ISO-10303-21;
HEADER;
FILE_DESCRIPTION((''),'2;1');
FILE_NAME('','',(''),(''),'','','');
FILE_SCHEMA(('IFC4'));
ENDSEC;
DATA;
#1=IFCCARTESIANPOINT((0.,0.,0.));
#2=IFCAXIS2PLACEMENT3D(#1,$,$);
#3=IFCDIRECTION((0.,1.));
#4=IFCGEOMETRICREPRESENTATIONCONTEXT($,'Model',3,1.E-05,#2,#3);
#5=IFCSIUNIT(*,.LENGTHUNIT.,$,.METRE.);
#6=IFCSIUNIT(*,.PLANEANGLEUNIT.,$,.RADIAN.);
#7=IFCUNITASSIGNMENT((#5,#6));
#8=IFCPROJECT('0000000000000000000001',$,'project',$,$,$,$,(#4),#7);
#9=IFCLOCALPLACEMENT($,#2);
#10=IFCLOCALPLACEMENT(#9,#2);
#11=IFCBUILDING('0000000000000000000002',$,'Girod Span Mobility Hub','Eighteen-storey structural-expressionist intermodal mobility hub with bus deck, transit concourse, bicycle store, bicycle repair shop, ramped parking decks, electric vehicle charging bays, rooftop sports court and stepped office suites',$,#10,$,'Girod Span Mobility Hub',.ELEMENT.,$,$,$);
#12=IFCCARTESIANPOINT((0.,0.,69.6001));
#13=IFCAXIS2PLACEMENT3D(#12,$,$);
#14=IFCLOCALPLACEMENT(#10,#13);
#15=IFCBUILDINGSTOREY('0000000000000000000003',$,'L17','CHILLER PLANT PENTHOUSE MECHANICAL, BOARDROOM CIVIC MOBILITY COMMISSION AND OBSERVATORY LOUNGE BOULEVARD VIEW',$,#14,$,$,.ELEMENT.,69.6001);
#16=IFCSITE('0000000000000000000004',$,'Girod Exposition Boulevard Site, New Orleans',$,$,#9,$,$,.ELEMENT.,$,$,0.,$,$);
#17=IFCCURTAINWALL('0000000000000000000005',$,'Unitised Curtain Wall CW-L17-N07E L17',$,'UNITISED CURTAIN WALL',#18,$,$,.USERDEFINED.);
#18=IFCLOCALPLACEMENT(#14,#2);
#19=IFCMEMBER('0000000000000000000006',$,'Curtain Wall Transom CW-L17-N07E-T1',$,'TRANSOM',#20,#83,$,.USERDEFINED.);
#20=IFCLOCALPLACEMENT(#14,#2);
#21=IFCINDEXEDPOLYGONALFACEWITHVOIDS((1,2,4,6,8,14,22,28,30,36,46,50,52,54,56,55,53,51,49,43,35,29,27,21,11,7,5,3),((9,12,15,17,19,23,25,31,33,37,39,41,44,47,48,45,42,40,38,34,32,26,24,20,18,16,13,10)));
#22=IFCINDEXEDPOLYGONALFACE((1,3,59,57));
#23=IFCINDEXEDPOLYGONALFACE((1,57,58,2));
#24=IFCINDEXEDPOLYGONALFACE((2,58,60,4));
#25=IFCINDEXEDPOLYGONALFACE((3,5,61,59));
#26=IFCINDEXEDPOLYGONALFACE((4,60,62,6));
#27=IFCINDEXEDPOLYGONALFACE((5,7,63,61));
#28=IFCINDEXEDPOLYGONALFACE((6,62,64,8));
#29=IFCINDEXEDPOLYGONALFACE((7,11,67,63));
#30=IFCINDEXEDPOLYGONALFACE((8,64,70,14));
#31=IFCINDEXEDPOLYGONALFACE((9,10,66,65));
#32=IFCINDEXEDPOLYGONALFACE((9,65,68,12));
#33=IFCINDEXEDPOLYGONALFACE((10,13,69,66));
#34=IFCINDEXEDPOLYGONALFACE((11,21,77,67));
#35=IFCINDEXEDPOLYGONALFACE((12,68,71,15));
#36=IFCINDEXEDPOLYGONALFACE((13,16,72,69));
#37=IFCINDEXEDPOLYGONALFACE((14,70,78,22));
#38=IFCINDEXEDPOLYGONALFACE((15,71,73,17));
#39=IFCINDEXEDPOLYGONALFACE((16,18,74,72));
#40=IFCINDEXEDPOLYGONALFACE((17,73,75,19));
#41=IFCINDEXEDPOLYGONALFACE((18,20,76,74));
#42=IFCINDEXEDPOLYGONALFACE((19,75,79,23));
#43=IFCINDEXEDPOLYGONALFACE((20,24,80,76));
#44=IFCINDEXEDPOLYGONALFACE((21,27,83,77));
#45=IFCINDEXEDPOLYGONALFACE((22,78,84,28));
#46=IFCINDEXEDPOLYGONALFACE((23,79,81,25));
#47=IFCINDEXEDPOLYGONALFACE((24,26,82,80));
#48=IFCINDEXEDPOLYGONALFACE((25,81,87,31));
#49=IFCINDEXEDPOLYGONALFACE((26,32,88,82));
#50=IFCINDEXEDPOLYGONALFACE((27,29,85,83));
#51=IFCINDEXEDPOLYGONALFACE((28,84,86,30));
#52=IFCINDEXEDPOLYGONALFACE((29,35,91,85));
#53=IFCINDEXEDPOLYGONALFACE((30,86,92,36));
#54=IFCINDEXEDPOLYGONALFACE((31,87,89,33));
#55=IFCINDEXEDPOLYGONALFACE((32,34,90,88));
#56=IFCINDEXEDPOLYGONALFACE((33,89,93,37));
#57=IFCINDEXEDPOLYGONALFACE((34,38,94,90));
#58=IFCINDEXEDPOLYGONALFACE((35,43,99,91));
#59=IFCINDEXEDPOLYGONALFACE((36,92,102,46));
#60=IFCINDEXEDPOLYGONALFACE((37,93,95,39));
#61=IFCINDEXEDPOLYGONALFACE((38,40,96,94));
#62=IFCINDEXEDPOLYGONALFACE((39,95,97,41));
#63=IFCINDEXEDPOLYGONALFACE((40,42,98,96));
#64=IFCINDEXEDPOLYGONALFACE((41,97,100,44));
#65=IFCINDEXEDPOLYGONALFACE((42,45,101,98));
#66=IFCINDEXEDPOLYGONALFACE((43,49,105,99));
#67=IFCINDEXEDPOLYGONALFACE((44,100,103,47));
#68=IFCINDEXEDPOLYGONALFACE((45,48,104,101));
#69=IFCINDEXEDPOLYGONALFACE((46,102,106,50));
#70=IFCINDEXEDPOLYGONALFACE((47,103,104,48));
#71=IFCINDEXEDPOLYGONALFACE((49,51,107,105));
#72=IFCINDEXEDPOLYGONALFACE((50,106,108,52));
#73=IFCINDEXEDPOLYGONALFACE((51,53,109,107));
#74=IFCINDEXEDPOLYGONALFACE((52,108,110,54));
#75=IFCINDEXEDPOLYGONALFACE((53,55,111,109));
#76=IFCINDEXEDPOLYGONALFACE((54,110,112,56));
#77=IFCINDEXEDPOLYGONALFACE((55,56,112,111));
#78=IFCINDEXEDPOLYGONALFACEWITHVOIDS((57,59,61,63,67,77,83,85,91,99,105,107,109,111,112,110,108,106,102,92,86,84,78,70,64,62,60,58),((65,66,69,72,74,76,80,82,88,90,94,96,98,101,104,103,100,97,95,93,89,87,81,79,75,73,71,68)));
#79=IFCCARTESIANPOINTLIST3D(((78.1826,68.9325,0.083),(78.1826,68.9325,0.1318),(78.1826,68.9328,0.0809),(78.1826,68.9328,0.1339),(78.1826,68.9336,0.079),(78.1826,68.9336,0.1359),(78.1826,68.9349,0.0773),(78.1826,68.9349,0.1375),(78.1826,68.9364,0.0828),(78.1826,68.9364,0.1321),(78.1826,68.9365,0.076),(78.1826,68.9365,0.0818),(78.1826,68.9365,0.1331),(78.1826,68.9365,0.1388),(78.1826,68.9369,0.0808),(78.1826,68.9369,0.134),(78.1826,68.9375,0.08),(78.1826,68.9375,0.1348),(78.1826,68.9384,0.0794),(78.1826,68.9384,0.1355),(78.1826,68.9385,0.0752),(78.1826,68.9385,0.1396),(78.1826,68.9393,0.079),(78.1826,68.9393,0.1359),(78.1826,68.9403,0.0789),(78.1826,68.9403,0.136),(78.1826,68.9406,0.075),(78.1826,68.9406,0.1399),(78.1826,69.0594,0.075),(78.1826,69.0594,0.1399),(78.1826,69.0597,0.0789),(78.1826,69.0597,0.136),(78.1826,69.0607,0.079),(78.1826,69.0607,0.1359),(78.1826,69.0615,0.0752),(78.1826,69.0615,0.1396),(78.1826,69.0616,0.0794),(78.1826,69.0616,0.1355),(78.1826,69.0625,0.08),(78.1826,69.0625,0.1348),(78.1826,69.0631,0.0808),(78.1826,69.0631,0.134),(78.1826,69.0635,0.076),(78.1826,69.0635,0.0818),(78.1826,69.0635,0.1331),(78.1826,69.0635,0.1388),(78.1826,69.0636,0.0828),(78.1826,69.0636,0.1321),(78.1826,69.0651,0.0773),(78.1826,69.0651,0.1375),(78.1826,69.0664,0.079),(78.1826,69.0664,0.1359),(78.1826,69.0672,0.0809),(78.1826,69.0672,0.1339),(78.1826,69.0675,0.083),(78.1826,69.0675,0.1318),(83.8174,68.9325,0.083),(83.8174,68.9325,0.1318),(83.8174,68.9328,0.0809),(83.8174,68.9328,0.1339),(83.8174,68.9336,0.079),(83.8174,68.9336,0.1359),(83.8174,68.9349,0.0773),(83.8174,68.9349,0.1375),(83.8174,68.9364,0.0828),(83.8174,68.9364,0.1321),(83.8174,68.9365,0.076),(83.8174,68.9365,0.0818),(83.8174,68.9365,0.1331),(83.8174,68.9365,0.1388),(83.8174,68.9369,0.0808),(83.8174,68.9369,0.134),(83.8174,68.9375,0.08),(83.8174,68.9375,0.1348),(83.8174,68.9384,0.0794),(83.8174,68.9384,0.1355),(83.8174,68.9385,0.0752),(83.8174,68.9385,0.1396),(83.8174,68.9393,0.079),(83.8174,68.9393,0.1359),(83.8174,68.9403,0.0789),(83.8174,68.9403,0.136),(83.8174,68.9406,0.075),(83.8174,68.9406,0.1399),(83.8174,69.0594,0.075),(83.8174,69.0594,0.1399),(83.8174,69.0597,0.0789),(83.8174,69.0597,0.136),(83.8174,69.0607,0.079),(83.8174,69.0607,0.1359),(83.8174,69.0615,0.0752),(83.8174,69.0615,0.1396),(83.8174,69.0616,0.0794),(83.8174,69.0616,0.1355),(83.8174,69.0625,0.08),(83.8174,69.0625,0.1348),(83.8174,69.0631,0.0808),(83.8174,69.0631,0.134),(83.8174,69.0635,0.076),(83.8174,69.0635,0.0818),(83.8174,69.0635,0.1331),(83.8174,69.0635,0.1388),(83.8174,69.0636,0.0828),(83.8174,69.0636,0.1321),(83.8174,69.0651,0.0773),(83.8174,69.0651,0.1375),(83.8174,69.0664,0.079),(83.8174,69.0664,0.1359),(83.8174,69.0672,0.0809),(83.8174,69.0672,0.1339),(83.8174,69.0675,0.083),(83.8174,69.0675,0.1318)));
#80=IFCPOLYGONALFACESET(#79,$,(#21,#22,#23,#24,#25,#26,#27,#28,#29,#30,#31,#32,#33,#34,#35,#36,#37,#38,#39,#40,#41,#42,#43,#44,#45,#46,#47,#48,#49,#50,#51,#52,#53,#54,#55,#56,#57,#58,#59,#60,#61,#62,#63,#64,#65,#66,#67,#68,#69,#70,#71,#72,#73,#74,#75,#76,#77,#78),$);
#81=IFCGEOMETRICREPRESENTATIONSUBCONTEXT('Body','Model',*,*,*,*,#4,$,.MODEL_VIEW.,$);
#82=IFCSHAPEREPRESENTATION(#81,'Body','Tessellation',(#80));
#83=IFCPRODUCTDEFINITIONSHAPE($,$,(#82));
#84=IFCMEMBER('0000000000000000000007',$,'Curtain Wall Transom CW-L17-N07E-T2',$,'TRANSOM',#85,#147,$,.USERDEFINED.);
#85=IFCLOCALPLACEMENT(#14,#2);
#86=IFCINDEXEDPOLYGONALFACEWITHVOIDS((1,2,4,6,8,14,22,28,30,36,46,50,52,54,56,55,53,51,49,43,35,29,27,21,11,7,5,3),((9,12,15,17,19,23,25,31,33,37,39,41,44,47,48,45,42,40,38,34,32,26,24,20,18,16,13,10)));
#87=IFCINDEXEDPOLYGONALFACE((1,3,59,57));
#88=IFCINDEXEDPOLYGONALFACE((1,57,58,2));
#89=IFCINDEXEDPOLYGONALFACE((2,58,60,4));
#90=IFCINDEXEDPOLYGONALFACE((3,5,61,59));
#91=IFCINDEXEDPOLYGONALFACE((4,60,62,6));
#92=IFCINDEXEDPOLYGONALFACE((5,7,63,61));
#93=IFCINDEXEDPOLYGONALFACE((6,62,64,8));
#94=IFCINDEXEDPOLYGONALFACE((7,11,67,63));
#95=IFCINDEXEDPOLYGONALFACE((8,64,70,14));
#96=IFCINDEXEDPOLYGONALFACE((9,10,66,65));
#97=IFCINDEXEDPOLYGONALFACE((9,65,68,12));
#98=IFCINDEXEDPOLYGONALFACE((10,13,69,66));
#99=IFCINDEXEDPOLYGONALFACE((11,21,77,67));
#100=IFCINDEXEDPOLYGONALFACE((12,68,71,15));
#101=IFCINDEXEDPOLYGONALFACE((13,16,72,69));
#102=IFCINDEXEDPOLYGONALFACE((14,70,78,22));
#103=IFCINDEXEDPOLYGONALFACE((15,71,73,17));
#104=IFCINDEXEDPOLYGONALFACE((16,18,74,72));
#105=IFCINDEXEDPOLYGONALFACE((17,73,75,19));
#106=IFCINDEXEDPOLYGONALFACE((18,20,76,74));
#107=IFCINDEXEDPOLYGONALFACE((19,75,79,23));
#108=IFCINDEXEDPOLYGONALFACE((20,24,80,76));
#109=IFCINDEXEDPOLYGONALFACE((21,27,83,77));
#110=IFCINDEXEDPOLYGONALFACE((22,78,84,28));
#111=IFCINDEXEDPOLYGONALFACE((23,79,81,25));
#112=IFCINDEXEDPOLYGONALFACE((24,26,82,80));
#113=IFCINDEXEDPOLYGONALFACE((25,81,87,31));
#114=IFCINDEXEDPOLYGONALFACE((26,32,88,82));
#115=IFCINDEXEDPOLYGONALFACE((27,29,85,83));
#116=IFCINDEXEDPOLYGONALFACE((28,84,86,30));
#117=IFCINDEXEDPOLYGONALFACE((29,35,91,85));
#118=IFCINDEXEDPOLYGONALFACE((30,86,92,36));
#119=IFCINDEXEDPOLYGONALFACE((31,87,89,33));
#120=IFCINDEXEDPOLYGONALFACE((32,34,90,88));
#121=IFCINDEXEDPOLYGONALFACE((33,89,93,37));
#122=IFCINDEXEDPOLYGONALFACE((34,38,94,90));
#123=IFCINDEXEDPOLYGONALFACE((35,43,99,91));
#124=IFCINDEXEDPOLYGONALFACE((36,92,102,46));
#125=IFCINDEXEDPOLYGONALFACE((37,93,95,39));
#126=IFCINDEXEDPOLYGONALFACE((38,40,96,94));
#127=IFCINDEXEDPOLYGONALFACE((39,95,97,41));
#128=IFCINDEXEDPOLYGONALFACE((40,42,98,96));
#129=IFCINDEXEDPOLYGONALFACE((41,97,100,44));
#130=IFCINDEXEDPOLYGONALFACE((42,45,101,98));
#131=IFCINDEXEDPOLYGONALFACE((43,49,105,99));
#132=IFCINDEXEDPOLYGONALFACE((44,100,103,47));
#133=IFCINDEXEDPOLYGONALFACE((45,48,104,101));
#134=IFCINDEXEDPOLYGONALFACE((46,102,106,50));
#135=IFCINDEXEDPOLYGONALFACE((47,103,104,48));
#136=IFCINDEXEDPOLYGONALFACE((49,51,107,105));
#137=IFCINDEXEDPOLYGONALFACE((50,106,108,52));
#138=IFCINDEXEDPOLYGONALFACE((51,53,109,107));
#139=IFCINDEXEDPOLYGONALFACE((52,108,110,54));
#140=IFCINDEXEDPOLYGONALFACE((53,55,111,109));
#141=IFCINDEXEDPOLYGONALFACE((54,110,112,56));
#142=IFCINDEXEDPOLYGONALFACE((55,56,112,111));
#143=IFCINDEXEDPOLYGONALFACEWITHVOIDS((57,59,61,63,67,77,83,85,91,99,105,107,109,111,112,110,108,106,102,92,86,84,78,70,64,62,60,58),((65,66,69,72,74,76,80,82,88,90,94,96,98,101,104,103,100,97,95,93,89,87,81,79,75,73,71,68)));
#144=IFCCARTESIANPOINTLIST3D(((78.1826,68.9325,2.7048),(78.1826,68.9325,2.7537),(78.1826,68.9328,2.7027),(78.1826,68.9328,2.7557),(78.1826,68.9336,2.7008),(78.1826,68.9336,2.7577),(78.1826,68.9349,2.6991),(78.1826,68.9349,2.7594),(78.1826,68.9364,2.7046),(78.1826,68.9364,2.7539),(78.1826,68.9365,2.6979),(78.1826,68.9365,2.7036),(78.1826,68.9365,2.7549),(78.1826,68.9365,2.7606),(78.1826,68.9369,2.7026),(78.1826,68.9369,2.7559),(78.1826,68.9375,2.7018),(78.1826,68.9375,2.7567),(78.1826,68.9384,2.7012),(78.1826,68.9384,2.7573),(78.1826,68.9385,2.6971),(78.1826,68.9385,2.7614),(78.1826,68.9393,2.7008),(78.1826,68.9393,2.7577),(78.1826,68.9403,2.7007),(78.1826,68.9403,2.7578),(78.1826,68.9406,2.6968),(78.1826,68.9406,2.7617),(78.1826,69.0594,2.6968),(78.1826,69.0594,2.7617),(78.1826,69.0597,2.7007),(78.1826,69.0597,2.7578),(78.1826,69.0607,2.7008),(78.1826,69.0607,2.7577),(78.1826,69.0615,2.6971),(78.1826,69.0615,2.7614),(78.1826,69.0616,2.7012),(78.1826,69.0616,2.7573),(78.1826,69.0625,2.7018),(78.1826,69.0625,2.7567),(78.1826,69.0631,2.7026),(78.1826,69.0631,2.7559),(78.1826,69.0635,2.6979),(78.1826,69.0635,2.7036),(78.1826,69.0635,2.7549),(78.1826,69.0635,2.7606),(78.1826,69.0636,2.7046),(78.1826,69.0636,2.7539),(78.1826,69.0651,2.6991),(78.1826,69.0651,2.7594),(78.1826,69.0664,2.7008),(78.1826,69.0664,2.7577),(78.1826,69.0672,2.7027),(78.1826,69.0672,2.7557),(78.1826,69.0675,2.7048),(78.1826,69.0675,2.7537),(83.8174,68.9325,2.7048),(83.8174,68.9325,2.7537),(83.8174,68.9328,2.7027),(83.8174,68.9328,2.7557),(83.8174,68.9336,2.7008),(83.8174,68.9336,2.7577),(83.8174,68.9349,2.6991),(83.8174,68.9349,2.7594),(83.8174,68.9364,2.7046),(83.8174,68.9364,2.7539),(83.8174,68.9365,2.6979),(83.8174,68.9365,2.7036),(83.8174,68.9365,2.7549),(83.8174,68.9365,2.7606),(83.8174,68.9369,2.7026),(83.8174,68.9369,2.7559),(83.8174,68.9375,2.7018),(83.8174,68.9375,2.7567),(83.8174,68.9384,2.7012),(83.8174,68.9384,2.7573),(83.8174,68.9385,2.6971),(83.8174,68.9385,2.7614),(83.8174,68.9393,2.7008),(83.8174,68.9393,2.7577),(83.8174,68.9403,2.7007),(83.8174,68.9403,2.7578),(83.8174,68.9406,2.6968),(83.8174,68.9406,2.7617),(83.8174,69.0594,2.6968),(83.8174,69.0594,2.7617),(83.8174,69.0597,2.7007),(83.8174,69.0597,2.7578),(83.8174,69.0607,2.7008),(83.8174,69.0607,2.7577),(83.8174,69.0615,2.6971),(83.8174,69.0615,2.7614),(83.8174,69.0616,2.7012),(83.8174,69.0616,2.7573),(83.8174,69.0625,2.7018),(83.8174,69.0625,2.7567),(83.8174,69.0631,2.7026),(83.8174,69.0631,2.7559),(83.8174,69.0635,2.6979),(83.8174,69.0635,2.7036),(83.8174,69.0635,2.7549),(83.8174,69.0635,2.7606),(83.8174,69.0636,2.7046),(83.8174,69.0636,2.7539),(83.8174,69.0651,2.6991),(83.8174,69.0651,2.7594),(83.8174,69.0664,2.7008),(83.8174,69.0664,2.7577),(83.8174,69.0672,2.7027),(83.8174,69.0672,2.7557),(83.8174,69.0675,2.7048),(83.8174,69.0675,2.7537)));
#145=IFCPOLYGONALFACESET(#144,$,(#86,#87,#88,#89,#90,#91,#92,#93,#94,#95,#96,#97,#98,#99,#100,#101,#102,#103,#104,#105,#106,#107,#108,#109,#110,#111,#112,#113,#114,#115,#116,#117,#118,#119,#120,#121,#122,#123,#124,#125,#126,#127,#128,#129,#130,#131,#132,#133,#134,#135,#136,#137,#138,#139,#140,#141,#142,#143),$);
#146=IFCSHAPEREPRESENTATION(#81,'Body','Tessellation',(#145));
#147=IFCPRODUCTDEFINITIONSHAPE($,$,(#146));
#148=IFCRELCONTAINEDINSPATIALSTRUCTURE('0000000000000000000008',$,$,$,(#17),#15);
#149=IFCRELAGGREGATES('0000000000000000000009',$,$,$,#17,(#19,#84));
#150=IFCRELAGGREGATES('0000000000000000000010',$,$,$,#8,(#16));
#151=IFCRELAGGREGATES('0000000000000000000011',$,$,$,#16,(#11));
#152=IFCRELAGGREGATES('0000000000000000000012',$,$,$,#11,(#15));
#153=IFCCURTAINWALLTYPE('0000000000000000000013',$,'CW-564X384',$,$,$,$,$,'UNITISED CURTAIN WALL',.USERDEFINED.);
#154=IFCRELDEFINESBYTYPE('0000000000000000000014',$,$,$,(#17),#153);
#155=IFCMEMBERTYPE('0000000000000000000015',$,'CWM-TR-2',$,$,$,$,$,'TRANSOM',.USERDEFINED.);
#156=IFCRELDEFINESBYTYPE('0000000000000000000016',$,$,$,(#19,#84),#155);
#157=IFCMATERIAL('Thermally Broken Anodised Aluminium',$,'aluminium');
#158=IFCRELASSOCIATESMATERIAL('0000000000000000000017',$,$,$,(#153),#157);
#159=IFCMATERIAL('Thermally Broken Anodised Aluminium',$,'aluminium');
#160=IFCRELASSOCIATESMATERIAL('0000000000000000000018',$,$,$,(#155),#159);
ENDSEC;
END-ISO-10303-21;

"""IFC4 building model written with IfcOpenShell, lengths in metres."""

from ifc_helpers import new_model, si_unit, direction, frame, origin, origin_2d, place, context, subcontext, project, spatial, hollow_rectangle, extrude, material, material_profile, profile_set, type_object, element, aggregate, save


model = new_model("IFC4")

# Units and contexts
model_context = context("Model", 3, precision=1e-05, world=origin(), true_north=direction((0.0, 1.0)))
body_context = subcontext(model_context, "Body", "Model", "MODEL_VIEW")
ifc_project = project(units=[si_unit("LENGTHUNIT", "METRE"), si_unit("PLANEANGLEUNIT", "RADIAN")], contexts=[model_context])

# Site, building, storey
site_placement = place(None, origin())
site = spatial("IfcSite", under=ifc_project, at=site_placement, Name="Girod Exposition Boulevard Site, New Orleans", CompositionType="ELEMENT", RefElevation=0.0)
building_placement = place(site_placement, origin())
building = spatial("IfcBuilding", under=site, at=building_placement, Name="Girod Span Mobility Hub", Description="Eighteen-storey structural-expressionist intermodal mobility hub with bus deck, transit concourse, bicycle store, bicycle repair shop, ramped parking decks, electric vehicle charging bays, rooftop sports court and stepped office suites", LongName="Girod Span Mobility Hub", CompositionType="ELEMENT")
storey_placement = place(building_placement, frame((0.0, 0.0, 69.6001)))
storey = spatial("IfcBuildingStorey", under=building, at=storey_placement, Name="L17", Description="CHILLER PLANT PENTHOUSE MECHANICAL, BOARDROOM CIVIC MOBILITY COMMISSION AND OBSERVATORY LOUNGE BOULEVARD VIEW", CompositionType="ELEMENT", Elevation=69.6001)

# Curtain wall
ifc_material_1 = material(Name="Thermally Broken Anodised Aluminium", Category="aluminium")
curtain_wall_type = type_object("IfcCurtainWallType", Name="CW-564X384", ElementType="UNITISED CURTAIN WALL", PredefinedType="USERDEFINED", material=ifc_material_1)
curtain_wall_1_placement = place(storey_placement, origin())
curtain_wall_1 = element("IfcCurtainWall", 1, at=curtain_wall_1_placement, inside=storey, type_object=curtain_wall_type, Name="Unitised Curtain Wall CW-L17-N07E L17", ObjectType="UNITISED CURTAIN WALL", PredefinedType="USERDEFINED")

# Members
ifc_material_2 = material(Name="Thermally Broken Anodised Aluminium", Category="aluminium")
ifc_material_profile_1 = material_profile(ifc_material_2, hollow_rectangle(XDim=0.135, YDim=0.0649, WallThickness=0.0039, InnerFilletRadius=0.0039, OuterFilletRadius=0.0081, at=origin_2d()), Name="CW-TR-65X135")
ifc_profile_set_1 = profile_set([ifc_material_profile_1], Name="Thermally Broken Anodised Aluminium")
member_type_1 = type_object("IfcMemberType", Name="CWM-TR-2", ElementType="TRANSOM", PredefinedType="USERDEFINED", material=ifc_profile_set_1)
member_1_placement = place(storey_placement, frame((78.1826, 69.0, 0.1074), z_axis=(1.0, 0.0, 0.0), x_axis=(0.0, 1.0, 0.0)))
member_1 = element("IfcMember", 2, at=member_1_placement, type_object=member_type_1, Name="Curtain Wall Transom CW-L17-N07E-T1", ObjectType="TRANSOM", PredefinedType="USERDEFINED", context=body_context, shape_type="SweptSolid", body=[
    extrude(hollow_rectangle(XDim=0.135, YDim=0.0649, WallThickness=0.0039, InnerFilletRadius=0.0039, OuterFilletRadius=0.0081, at=origin_2d()), origin(), (0.0, 0.0, 1.0), 5.6348),
])
member_2_placement = place(storey_placement, frame((78.1826, 69.0, 2.7292), z_axis=(1.0, 0.0, 0.0), x_axis=(0.0, 1.0, 0.0)))
member_2 = element("IfcMember", 3, at=member_2_placement, type_object=member_type_1, Name="Curtain Wall Transom CW-L17-N07E-T2", ObjectType="TRANSOM", PredefinedType="USERDEFINED", context=body_context, shape_type="SweptSolid", body=[
    extrude(hollow_rectangle(XDim=0.135, YDim=0.0649, WallThickness=0.0039, InnerFilletRadius=0.0039, OuterFilletRadius=0.0081, at=origin_2d()), origin(), (0.0, 0.0, 1.0), 5.6348),
])

aggregate(curtain_wall_1, [member_1, member_2])

save(model, "model.ifc")
